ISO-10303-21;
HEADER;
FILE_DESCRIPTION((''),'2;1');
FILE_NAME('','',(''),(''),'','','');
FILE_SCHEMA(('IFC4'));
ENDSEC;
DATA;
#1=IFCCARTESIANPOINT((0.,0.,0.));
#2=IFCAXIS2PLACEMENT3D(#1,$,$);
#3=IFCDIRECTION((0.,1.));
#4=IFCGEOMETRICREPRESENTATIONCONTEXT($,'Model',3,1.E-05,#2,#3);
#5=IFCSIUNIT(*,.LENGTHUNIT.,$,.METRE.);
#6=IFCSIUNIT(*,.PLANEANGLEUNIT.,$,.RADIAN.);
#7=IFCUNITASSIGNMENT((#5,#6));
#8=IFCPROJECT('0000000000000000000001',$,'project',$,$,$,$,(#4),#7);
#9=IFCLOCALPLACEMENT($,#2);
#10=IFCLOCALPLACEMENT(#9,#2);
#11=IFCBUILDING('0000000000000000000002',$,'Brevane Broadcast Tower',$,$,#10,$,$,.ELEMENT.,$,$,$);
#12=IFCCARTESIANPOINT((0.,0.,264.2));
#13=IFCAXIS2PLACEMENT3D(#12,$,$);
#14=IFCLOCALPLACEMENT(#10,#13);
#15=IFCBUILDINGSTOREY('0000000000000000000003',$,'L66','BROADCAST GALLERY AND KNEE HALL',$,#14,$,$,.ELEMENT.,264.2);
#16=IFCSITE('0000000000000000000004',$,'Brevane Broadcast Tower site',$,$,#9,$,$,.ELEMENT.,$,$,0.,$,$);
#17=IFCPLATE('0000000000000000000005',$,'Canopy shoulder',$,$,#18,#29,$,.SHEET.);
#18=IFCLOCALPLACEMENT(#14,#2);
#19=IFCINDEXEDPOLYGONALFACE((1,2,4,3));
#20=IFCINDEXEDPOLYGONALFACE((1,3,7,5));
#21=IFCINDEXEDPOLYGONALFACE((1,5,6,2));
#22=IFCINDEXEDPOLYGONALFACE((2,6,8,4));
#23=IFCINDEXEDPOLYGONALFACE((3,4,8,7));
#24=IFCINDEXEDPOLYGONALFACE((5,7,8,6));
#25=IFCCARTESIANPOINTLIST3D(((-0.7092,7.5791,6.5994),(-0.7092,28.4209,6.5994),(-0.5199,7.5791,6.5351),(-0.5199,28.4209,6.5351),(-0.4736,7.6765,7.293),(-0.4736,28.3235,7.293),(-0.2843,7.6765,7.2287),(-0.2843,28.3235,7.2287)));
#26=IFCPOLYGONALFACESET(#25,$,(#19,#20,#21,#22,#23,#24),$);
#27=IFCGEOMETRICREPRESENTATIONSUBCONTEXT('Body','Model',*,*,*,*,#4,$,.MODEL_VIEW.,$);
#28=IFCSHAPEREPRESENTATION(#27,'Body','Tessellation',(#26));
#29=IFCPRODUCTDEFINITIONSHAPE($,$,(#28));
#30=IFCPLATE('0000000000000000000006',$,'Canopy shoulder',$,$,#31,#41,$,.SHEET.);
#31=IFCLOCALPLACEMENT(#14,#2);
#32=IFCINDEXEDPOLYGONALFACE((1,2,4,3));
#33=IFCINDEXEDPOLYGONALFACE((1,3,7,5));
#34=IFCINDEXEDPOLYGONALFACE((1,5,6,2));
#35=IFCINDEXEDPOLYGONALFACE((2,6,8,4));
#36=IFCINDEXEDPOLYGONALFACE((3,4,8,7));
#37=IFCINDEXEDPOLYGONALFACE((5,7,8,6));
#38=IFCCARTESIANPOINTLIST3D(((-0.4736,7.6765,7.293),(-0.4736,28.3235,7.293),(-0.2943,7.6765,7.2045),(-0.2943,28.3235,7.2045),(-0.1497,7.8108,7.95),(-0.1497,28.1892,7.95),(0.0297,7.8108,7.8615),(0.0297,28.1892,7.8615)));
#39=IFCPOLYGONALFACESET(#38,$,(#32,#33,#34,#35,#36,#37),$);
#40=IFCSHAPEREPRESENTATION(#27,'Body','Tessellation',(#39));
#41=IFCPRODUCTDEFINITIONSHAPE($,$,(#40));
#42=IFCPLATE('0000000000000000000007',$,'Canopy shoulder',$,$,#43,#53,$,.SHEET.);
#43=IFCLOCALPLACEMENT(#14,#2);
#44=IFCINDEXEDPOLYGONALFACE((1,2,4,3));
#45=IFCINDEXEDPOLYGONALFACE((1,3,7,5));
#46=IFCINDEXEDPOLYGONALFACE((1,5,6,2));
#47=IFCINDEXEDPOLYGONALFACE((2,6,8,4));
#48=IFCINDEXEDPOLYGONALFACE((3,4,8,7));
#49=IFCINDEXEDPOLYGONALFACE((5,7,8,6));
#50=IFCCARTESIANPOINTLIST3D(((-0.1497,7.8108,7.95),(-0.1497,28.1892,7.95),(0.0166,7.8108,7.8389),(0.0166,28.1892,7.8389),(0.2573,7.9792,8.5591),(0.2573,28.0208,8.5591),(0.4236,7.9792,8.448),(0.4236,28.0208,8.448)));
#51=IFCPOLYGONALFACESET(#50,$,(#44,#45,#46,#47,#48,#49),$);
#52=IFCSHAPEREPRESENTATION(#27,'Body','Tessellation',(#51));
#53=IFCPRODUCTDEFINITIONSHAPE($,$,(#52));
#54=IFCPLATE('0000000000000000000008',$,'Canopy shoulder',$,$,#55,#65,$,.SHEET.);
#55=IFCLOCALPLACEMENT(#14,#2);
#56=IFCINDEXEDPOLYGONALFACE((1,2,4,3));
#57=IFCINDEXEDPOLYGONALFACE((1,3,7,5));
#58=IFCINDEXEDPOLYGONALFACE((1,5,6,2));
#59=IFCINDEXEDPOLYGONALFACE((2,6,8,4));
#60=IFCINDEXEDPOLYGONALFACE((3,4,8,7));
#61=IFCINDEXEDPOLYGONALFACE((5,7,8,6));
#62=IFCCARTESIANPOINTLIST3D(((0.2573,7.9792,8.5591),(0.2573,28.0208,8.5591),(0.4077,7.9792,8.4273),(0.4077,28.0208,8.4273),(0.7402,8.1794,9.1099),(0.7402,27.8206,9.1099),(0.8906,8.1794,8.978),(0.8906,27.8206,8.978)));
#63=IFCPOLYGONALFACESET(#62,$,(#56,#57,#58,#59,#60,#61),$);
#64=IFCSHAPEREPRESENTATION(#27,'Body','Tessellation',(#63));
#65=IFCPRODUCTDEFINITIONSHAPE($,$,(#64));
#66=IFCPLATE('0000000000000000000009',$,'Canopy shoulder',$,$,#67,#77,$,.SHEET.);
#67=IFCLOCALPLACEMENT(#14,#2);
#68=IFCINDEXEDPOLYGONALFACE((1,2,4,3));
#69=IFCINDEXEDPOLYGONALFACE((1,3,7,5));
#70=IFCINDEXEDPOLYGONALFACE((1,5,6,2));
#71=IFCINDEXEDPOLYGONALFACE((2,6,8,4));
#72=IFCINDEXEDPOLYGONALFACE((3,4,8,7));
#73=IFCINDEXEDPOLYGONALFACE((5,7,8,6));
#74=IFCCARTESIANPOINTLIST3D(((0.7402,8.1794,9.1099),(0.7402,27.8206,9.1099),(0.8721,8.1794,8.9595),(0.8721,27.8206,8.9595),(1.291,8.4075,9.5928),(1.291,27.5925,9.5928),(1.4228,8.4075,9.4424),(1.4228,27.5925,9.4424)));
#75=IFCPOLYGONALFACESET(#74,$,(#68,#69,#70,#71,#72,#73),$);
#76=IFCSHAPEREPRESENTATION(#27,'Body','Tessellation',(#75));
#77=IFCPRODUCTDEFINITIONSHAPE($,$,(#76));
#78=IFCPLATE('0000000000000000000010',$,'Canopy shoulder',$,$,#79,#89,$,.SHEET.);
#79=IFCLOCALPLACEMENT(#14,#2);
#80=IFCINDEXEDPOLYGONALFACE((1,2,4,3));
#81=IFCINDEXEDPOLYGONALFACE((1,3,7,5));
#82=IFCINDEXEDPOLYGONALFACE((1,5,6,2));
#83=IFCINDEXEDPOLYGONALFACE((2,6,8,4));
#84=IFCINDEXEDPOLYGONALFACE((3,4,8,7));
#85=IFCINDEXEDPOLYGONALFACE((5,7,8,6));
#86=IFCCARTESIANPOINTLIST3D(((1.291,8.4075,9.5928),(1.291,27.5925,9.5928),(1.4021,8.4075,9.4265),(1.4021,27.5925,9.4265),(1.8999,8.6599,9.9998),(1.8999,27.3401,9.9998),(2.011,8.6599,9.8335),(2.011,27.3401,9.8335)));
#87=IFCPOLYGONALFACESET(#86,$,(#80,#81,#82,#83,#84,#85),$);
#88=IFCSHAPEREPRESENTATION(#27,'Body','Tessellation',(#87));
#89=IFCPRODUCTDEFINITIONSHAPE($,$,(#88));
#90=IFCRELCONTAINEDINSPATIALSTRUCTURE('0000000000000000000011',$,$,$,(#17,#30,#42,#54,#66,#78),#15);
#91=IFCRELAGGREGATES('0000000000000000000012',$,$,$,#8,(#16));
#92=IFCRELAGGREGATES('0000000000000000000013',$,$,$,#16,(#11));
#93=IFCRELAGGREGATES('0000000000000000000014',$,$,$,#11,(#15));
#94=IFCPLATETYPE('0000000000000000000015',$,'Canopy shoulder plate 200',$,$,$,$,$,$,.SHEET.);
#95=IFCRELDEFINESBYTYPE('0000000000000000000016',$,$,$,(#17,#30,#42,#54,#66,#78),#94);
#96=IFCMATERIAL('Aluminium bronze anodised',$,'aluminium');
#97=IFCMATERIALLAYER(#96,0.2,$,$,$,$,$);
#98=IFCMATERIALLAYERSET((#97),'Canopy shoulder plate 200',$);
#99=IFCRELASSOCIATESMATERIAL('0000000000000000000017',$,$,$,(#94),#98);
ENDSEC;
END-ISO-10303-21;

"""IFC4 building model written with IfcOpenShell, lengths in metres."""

from ifc_helpers import new_model, si_unit, direction, frame, origin, place, context, subcontext, project, spatial, polyline, outline, extrude, material, layer, layer_set, type_object, element, save


model = new_model("IFC4")

# Units and contexts
model_context = context("Model", 3, precision=1e-05, world=origin(), true_north=direction((0.0, 1.0)))
body_context = subcontext(model_context, "Body", "Model", "MODEL_VIEW")
ifc_project = project(units=[si_unit("LENGTHUNIT", "METRE"), si_unit("PLANEANGLEUNIT", "RADIAN")], contexts=[model_context])

# Site, building, storey
site_placement = place(None, origin())
site = spatial("IfcSite", under=ifc_project, at=site_placement, Name="Brevane Broadcast Tower site", CompositionType="ELEMENT", RefElevation=0.0)
building_placement = place(site_placement, origin())
building = spatial("IfcBuilding", under=site, at=building_placement, Name="Brevane Broadcast Tower", CompositionType="ELEMENT")
storey_placement = place(building_placement, frame((0.0, 0.0, 264.2)))
storey = spatial("IfcBuildingStorey", under=building, at=storey_placement, Name="L66", Description="BROADCAST GALLERY AND KNEE HALL", CompositionType="ELEMENT", Elevation=264.2)

# Plates
ifc_material_1 = material(Name="Aluminium bronze anodised", Category="aluminium")
ifc_layer_1 = layer(ifc_material_1, 0.2)
ifc_layer_set_1 = layer_set([ifc_layer_1], Name="Canopy shoulder plate 200")
plate_type_1 = type_object("IfcPlateType", Name="Canopy shoulder plate 200", PredefinedType="SHEET", material=ifc_layer_set_1)
plate_1_placement = place(storey_placement, frame((-0.7092, 28.4209, 6.5994), z_axis=(-0.946868, 0.0, 0.321622), x_axis=(0.0, -1.0, 0.0)))
element("IfcPlate", 1, at=plate_1_placement, inside=storey, type_object=plate_type_1, Name="Canopy shoulder", PredefinedType="SHEET", context=body_context, shape_type="SweptSolid", body=[
    extrude(outline(polyline([(0.0, 0.0), (20.8418, 0.0), (20.7444, 0.7325), (0.0974, 0.7325), (0.0, 0.0)])), origin(), (0.0, 0.0, -1.0), 0.2),
])
plate_2_placement = place(storey_placement, frame((-0.4736, 28.3235, 7.293), z_axis=(-0.89688, 0.0, 0.442274), x_axis=(0.0, -1.0, 0.0)))
element("IfcPlate", 2, at=plate_2_placement, inside=storey, type_object=plate_type_1, Name="Canopy shoulder", PredefinedType="SHEET", context=body_context, shape_type="SweptSolid", body=[
    extrude(outline(polyline([(0.0, 0.0), (20.647, 0.0), (20.5127, 0.7325), (0.1343, 0.7325), (0.0, 0.0)])), origin(), (0.0, 0.0, -1.0), 0.2),
])
plate_3_placement = place(storey_placement, frame((-0.1497, 28.1892, 7.95), z_axis=(-0.831486, 0.0, 0.555546), x_axis=(0.0, -1.0, 0.0)))
element("IfcPlate", 3, at=plate_3_placement, inside=storey, type_object=plate_type_1, Name="Canopy shoulder", PredefinedType="SHEET", context=body_context, shape_type="SweptSolid", body=[
    extrude(outline(polyline([(0.0, 0.0), (20.3784, 0.0), (20.21, 0.7326), (0.1685, 0.7326), (0.0, 0.0)])), origin(), (0.0, 0.0, -1.0), 0.2),
])
plate_4_placement = place(storey_placement, frame((0.2573, 28.0208, 8.5591), z_axis=(-0.751916, 0.0, 0.659259), x_axis=(0.0, -1.0, 0.0)))
element("IfcPlate", 4, at=plate_4_placement, inside=storey, type_object=plate_type_1, Name="Canopy shoulder", PredefinedType="SHEET", context=body_context, shape_type="SweptSolid", body=[
    extrude(outline(polyline([(0.0, 0.0), (20.0415, 0.0), (19.8413, 0.7325), (0.2002, 0.7325), (0.0, 0.0)])), origin(), (0.0, 0.0, -1.0), 0.2),
])
plate_5_placement = place(storey_placement, frame((0.7402, 27.8206, 9.1099), z_axis=(-0.659259, 0.0, 0.751916), x_axis=(0.0, -1.0, 0.0)))
element("IfcPlate", 5, at=plate_5_placement, inside=storey, type_object=plate_type_1, Name="Canopy shoulder", PredefinedType="SHEET", context=body_context, shape_type="SweptSolid", body=[
    extrude(outline(polyline([(0.0, 0.0), (19.6411, 0.0), (19.4131, 0.7325), (0.228, 0.7325), (0.0, 0.0)])), origin(), (0.0, 0.0, -1.0), 0.2),
])
plate_6_placement = place(storey_placement, frame((1.291, 27.5925, 9.5928), z_axis=(-0.5557, 0.0, 0.831383), x_axis=(0.0, -1.0, 0.0)))
element("IfcPlate", 6, at=plate_6_placement, inside=storey, type_object=plate_type_1, Name="Canopy shoulder", PredefinedType="SHEET", context=body_context, shape_type="SweptSolid", body=[
    extrude(outline(polyline([(0.0, 0.0), (19.1851, 0.0), (18.9326, 0.7324), (0.2524, 0.7324), (0.0, 0.0)])), origin(), (0.0, 0.0, -1.0), 0.2),
])

save(model, "model.ifc")
